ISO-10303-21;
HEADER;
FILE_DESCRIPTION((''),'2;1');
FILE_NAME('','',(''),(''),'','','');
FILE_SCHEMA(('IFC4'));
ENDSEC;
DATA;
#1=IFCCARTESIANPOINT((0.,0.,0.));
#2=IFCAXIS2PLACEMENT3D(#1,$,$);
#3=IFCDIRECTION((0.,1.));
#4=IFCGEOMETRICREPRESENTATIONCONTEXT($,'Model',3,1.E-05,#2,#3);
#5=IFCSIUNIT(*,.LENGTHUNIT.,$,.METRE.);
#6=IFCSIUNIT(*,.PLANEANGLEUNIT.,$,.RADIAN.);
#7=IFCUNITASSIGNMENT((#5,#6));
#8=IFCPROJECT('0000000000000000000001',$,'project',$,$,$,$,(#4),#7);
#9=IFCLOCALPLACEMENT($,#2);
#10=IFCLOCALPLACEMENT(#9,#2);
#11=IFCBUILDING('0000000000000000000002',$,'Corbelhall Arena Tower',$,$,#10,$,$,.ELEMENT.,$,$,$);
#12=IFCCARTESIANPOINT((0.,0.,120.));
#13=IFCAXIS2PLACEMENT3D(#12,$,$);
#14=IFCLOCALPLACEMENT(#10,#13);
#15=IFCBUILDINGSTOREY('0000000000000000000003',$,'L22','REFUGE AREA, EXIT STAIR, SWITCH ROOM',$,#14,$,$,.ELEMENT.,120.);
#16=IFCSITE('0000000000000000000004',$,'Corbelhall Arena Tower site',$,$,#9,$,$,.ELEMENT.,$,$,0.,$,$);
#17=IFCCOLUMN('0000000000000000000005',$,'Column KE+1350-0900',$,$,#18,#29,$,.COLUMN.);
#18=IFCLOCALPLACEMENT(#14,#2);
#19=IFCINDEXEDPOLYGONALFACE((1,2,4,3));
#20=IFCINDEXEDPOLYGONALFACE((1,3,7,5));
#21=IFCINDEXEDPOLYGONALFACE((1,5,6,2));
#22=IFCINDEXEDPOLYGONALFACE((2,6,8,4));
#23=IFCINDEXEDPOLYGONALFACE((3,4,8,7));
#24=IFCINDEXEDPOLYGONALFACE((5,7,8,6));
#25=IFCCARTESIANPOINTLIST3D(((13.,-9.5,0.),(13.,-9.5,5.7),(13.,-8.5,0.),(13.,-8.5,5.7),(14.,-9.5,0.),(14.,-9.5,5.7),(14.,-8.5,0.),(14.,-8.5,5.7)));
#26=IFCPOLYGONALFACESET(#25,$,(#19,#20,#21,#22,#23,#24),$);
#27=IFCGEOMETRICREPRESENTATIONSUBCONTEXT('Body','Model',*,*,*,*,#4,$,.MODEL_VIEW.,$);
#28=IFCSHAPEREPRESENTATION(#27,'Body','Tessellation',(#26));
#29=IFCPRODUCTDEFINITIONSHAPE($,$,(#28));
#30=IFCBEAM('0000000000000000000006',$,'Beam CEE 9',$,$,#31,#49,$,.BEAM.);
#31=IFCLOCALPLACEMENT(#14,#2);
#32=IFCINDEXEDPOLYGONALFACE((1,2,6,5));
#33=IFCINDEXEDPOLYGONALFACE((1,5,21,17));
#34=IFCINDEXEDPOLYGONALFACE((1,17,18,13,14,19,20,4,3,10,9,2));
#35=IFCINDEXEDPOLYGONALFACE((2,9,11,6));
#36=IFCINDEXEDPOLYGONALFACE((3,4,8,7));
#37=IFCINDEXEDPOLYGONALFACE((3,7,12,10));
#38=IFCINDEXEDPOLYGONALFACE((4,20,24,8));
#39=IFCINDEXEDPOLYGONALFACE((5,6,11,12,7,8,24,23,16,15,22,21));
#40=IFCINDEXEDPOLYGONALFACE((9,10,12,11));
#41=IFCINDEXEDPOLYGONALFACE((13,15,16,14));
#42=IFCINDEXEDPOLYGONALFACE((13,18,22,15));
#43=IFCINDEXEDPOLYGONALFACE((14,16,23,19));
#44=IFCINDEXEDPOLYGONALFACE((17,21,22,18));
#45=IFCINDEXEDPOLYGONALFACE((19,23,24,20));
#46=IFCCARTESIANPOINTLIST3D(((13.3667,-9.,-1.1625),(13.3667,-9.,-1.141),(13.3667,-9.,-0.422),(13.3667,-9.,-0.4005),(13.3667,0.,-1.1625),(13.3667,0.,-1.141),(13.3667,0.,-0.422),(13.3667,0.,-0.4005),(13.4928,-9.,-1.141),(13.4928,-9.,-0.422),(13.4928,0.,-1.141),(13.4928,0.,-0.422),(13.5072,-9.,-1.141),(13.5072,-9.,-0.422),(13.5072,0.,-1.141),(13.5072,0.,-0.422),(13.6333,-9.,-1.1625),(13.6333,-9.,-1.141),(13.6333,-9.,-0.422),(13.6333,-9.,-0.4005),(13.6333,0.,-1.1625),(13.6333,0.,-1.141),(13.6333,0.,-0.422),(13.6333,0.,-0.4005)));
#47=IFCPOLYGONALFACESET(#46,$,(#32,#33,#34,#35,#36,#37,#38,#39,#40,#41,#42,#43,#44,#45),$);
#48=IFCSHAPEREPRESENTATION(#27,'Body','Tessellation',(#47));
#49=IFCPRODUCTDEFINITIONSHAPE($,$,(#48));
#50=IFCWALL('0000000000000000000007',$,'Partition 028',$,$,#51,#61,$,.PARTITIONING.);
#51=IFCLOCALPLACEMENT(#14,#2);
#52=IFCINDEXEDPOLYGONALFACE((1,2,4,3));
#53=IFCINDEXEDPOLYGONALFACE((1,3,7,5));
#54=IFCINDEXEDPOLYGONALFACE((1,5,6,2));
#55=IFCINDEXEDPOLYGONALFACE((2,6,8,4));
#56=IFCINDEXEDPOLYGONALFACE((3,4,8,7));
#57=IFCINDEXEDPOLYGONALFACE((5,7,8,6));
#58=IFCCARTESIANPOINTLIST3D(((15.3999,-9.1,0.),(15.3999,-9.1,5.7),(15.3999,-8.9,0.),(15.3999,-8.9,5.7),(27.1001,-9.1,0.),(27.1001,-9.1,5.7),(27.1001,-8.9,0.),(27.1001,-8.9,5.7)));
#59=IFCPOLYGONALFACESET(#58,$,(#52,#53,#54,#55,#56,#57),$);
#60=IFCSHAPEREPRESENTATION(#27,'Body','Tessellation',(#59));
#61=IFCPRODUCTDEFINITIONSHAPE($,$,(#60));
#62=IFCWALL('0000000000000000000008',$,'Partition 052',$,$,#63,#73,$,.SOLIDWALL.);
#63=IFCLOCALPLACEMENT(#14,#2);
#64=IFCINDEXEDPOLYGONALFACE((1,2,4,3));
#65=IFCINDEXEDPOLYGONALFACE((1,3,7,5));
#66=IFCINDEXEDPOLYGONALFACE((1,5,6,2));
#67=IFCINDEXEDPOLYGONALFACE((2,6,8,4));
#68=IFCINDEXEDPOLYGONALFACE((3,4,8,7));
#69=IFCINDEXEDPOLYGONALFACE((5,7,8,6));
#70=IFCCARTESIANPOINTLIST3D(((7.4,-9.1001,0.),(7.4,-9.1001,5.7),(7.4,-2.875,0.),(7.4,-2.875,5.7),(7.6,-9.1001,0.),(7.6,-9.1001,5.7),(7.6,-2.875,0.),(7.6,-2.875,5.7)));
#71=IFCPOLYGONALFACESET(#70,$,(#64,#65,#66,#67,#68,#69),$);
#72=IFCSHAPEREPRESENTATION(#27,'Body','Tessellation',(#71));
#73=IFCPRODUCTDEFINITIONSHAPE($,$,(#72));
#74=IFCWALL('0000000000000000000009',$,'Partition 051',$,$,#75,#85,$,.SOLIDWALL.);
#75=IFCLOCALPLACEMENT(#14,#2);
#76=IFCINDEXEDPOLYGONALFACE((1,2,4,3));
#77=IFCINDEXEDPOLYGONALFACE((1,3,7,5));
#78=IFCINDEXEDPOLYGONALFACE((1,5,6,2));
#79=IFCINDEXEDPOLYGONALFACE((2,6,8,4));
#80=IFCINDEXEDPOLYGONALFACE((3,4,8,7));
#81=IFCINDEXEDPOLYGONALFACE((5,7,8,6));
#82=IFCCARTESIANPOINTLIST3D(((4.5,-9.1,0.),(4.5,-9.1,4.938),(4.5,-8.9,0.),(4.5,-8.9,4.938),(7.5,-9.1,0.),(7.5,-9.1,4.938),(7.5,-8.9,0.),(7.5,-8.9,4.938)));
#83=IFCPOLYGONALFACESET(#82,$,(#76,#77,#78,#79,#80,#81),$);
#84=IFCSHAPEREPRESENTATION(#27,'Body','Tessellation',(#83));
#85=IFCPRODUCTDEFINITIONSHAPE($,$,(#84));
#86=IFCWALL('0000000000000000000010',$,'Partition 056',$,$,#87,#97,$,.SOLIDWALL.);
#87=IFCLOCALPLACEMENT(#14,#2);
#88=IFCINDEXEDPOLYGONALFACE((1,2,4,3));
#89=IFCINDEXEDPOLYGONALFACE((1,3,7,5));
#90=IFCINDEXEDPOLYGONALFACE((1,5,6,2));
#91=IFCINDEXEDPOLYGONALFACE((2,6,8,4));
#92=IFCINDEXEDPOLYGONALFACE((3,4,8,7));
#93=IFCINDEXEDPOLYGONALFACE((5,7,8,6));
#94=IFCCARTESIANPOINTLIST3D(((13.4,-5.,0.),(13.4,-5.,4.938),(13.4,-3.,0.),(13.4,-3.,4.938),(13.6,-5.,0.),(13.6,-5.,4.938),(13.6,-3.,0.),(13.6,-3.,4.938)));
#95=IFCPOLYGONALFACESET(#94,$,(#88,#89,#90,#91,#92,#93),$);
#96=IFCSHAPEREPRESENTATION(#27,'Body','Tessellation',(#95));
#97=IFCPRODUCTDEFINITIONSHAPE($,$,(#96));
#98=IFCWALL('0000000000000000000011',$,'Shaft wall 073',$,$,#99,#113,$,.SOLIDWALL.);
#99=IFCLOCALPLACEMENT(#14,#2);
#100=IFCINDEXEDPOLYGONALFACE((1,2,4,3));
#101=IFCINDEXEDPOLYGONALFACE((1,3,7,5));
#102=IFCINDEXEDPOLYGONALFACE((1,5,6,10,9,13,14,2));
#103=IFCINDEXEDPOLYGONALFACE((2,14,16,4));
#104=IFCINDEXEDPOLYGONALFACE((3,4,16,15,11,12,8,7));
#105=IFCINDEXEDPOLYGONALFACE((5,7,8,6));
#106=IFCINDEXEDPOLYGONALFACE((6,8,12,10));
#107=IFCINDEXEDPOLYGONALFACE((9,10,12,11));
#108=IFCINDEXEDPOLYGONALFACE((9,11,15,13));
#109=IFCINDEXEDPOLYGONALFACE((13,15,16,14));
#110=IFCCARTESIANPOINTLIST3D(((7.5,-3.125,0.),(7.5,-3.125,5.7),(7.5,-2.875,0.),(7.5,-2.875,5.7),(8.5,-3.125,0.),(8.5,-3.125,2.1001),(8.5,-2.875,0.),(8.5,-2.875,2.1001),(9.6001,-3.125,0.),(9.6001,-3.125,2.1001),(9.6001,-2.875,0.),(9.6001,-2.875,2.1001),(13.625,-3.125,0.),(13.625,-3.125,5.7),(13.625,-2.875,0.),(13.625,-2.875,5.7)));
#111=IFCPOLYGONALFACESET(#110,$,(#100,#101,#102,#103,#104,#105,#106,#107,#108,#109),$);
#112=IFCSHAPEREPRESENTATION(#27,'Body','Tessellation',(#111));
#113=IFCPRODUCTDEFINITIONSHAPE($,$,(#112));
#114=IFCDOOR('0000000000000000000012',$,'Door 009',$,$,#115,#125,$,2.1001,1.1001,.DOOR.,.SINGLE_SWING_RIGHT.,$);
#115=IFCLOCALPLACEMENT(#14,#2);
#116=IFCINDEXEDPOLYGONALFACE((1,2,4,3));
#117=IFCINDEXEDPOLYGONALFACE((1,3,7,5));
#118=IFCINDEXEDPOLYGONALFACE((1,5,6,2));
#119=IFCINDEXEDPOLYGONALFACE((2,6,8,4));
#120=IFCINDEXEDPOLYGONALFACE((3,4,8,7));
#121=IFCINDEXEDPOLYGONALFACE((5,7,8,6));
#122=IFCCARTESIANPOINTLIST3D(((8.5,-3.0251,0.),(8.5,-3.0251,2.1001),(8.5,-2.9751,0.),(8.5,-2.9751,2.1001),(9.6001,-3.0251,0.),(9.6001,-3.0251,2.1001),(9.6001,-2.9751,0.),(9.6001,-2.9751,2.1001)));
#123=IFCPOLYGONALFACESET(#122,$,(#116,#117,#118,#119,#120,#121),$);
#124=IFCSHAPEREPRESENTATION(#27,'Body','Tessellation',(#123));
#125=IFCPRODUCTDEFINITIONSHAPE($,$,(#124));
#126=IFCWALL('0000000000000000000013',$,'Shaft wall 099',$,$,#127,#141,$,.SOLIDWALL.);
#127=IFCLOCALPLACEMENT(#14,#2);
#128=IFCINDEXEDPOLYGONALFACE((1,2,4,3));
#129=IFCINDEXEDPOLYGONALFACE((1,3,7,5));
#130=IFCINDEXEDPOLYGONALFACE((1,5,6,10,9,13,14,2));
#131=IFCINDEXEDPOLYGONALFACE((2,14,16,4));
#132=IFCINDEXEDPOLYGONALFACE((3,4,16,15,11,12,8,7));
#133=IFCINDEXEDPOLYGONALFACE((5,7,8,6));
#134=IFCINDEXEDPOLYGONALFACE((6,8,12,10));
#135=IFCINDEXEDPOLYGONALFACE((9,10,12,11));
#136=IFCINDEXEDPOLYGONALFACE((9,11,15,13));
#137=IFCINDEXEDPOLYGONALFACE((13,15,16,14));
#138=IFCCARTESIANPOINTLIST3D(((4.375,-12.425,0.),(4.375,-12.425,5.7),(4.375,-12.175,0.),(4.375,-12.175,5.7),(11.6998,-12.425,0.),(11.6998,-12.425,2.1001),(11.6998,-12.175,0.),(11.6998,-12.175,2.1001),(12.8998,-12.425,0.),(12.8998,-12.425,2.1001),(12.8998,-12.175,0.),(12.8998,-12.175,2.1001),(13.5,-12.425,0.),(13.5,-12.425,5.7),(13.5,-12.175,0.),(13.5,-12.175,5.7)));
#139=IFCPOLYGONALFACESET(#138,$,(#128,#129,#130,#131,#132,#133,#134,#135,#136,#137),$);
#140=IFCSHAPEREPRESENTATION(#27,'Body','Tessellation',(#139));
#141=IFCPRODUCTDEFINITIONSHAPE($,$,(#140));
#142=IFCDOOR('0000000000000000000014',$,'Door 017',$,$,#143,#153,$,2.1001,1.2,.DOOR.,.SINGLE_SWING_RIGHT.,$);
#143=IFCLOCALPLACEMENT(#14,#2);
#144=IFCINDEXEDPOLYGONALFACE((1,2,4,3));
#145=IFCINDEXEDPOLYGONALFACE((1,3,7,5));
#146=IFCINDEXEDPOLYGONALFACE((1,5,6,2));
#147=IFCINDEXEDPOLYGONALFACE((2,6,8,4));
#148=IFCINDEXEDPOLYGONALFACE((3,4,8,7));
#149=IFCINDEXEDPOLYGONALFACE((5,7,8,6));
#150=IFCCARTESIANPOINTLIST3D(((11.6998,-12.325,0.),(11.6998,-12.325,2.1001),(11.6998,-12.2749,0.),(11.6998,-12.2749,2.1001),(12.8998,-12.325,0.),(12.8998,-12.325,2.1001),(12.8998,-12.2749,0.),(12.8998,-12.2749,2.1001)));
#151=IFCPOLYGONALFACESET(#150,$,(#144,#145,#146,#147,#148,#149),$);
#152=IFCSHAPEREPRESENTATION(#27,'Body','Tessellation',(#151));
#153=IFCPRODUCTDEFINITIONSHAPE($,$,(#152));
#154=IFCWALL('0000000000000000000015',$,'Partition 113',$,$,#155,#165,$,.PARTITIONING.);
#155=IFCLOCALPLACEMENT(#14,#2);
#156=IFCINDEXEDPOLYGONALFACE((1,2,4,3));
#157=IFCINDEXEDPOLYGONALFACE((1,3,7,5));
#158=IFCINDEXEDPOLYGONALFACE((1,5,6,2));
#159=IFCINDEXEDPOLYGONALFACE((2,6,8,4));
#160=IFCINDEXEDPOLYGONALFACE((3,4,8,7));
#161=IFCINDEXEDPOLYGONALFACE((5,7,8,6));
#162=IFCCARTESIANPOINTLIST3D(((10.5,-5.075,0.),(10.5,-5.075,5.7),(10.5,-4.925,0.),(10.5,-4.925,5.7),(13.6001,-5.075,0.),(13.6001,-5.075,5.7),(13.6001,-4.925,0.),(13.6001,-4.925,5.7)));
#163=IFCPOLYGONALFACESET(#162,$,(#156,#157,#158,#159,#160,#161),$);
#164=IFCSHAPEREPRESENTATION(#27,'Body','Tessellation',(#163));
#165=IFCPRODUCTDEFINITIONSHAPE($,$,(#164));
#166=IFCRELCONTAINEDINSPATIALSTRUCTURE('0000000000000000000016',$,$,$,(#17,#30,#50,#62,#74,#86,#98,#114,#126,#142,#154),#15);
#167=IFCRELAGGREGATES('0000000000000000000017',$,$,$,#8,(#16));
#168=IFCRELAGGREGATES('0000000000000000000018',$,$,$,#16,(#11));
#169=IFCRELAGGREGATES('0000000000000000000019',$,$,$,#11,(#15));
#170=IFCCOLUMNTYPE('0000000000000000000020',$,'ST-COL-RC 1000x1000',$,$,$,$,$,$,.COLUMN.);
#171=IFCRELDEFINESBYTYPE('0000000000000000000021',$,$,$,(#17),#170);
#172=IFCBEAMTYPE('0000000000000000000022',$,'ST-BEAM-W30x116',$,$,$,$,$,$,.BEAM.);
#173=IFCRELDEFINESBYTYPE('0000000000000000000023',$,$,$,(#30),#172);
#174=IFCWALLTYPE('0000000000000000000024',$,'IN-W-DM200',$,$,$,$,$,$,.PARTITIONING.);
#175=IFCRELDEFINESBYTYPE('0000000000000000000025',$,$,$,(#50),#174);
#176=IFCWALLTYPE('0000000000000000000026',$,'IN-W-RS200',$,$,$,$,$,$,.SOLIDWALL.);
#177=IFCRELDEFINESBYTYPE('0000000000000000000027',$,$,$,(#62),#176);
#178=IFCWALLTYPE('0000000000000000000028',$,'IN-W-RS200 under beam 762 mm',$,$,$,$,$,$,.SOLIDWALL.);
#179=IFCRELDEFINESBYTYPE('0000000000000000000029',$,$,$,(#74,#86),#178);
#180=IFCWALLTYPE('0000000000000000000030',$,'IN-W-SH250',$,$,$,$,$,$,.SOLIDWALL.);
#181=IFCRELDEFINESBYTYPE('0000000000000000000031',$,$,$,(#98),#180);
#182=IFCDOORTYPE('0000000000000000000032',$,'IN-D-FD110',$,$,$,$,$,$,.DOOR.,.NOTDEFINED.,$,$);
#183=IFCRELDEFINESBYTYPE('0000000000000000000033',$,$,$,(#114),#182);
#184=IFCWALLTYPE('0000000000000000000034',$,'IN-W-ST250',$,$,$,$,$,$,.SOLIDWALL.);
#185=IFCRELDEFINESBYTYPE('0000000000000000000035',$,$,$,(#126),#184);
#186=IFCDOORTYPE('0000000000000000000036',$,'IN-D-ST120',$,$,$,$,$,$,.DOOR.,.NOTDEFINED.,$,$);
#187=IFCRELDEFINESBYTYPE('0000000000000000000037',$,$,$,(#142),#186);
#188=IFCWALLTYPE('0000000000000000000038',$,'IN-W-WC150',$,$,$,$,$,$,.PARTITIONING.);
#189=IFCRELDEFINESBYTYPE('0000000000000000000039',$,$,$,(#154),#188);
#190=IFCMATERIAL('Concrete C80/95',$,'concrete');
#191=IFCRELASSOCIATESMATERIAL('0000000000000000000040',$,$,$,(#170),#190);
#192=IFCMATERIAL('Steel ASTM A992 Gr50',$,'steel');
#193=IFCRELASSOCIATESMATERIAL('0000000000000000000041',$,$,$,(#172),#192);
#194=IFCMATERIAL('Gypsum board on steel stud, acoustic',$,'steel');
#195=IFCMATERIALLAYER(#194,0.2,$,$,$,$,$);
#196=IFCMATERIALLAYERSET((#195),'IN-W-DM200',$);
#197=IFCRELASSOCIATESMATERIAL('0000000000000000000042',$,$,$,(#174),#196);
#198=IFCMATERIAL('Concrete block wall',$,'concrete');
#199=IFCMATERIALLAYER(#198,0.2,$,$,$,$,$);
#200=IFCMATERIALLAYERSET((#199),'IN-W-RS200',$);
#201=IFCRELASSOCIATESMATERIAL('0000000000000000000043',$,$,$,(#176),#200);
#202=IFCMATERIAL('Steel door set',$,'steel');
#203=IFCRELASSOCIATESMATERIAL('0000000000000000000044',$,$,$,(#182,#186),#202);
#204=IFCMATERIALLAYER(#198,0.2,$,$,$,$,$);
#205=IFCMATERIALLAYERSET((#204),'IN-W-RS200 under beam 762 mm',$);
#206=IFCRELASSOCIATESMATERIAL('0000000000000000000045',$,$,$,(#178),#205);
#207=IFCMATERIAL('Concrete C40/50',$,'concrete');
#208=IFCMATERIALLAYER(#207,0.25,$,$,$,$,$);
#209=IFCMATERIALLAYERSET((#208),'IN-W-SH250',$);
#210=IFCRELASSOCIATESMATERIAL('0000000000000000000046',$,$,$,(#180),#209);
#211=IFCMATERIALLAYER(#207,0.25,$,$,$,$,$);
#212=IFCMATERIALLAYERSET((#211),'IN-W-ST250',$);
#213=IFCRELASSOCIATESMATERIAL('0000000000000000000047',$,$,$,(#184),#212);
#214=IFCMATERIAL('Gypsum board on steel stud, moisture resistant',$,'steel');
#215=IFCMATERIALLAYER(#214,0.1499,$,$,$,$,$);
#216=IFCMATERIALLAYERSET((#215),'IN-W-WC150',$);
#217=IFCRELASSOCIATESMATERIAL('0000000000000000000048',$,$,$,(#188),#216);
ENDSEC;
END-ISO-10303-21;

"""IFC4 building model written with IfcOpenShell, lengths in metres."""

from ifc_helpers import new_model, si_unit, direction, frame, frame_2d, origin, origin_2d, place, context, subcontext, project, spatial, rectangle, i_section, extrude, material, layer, layer_set, material_profile, profile_set, type_object, element, fill, save


model = new_model("IFC4")

# Units and contexts
model_context = context("Model", 3, precision=1e-05, world=origin(), true_north=direction((0.0, 1.0)))
body_context = subcontext(model_context, "Body", "Model", "MODEL_VIEW")
ifc_project = project(units=[si_unit("LENGTHUNIT", "METRE"), si_unit("PLANEANGLEUNIT", "RADIAN")], contexts=[model_context])

# Site, building, storey
site_placement = place(None, origin())
site = spatial("IfcSite", under=ifc_project, at=site_placement, Name="Corbelhall Arena Tower site", CompositionType="ELEMENT", RefElevation=0.0)
building_placement = place(site_placement, origin())
building = spatial("IfcBuilding", under=site, at=building_placement, Name="Corbelhall Arena Tower", CompositionType="ELEMENT")
storey_placement = place(building_placement, frame((0.0, 0.0, 120.0)))
storey = spatial("IfcBuildingStorey", under=building, at=storey_placement, Name="L22", Description="REFUGE AREA, EXIT STAIR, SWITCH ROOM", CompositionType="ELEMENT", Elevation=120.0)

# Column
ifc_material_1 = material(Name="Concrete C80/95", Category="concrete")
ifc_material_profile_1 = material_profile(ifc_material_1, rectangle(XDim=1.0, YDim=1.0, at=origin_2d()))
ifc_profile_set_1 = profile_set([ifc_material_profile_1], Name="Concrete C80/95")
column_type = type_object("IfcColumnType", Name="ST-COL-RC 1000x1000", PredefinedType="COLUMN", material=ifc_profile_set_1)
column_placement = place(storey_placement, frame((13.5, -9.0, 0.0), z_axis=(0.0, 0.0, 1.0), x_axis=(1.0, 0.0, 0.0)))
element("IfcColumn", 1, at=column_placement, inside=storey, type_object=column_type, Name="Column KE+1350-0900", PredefinedType="COLUMN", context=body_context, shape_type="SweptSolid", body=[
    extrude(rectangle(XDim=1.0, YDim=1.0, at=origin_2d()), origin(), (0.0, 0.0, 1.0), 5.7),
])

# Beam
ifc_material_2 = material(Name="Steel ASTM A992 Gr50", Category="steel")
ifc_material_profile_2 = material_profile(ifc_material_2, i_section(OverallWidth=0.2666, OverallDepth=0.762, WebThickness=0.0144, FlangeThickness=0.0215, at=origin_2d()))
ifc_profile_set_2 = profile_set([ifc_material_profile_2], Name="Steel ASTM A992 Gr50")
beam_type = type_object("IfcBeamType", Name="ST-BEAM-W30x116", PredefinedType="BEAM", material=ifc_profile_set_2)
beam_placement = place(storey_placement, frame((13.5, -9.0, -0.7815), z_axis=(0.0, 1.0, 0.0), x_axis=(-1.0, 0.0, 0.0)))
element("IfcBeam", 2, at=beam_placement, inside=storey, type_object=beam_type, Name="Beam CEE 9", PredefinedType="BEAM", context=body_context, shape_type="SweptSolid", body=[
    extrude(i_section(OverallWidth=0.2666, OverallDepth=0.762, WebThickness=0.0144, FlangeThickness=0.0215, at=origin_2d()), origin(), (0.0, 0.0, 1.0), 9.0),
])

# Wall
ifc_material_3 = material(Name="Gypsum board on steel stud, acoustic", Category="steel")
ifc_layer_1 = layer(ifc_material_3, 0.2)
ifc_layer_set_1 = layer_set([ifc_layer_1], Name="IN-W-DM200")
wall_type_1 = type_object("IfcWallType", Name="IN-W-DM200", PredefinedType="PARTITIONING", material=ifc_layer_set_1)
wall_1_placement = place(storey_placement, frame((15.3999, -9.0, 0.0), z_axis=(0.0, 0.0, 1.0), x_axis=(1.0, 0.0, 0.0)))
element("IfcWall", 3, at=wall_1_placement, inside=storey, type_object=wall_type_1, Name="Partition 028", PredefinedType="PARTITIONING", context=body_context, shape_type="SweptSolid", body=[
    extrude(rectangle(XDim=11.7002, YDim=0.2, at=frame_2d((5.8501, 0.0))), origin(), (0.0, 0.0, 1.0), 5.7),
])

# Shared definitions
ifc_material_4 = material(Name="Steel door set", Category="steel")

# Wall
ifc_material_5 = material(Name="Concrete block wall", Category="concrete")
ifc_layer_2 = layer(ifc_material_5, 0.2)
ifc_layer_set_2 = layer_set([ifc_layer_2], Name="IN-W-RS200")
wall_type_2 = type_object("IfcWallType", Name="IN-W-RS200", PredefinedType="SOLIDWALL", material=ifc_layer_set_2)
wall_2_placement = place(storey_placement, frame((7.5, -2.875, 0.0), z_axis=(0.0, 0.0, 1.0), x_axis=(0.0, -1.0, 0.0)))
element("IfcWall", 4, at=wall_2_placement, inside=storey, type_object=wall_type_2, Name="Partition 052", PredefinedType="SOLIDWALL", context=body_context, shape_type="SweptSolid", body=[
    extrude(rectangle(XDim=6.2251, YDim=0.2, at=frame_2d((3.1125, 0.0))), origin(), (0.0, 0.0, 1.0), 5.7),
])

# Shared definitions
door_type_1 = type_object("IfcDoorType", Name="IN-D-FD110", OperationType="NOTDEFINED", PredefinedType="DOOR", material=ifc_material_4)

# Walls
ifc_layer_3 = layer(ifc_material_5, 0.2)
ifc_layer_set_3 = layer_set([ifc_layer_3], Name="IN-W-RS200 under beam 762 mm")
wall_type_3 = type_object("IfcWallType", Name="IN-W-RS200 under beam 762 mm", PredefinedType="SOLIDWALL", material=ifc_layer_set_3)
wall_3_placement = place(storey_placement, frame((7.5, -9.0, 0.0), z_axis=(0.0, 0.0, 1.0), x_axis=(-1.0, 0.0, 0.0)))
element("IfcWall", 5, at=wall_3_placement, inside=storey, type_object=wall_type_3, Name="Partition 051", PredefinedType="SOLIDWALL", context=body_context, shape_type="SweptSolid", body=[
    extrude(rectangle(XDim=3.0, YDim=0.2, at=frame_2d((1.5, 0.0))), origin(), (0.0, 0.0, 1.0), 4.938),
])
wall_4_placement = place(storey_placement, frame((13.5, -3.0, 0.0), z_axis=(0.0, 0.0, 1.0), x_axis=(0.0, -1.0, 0.0)))
element("IfcWall", 6, at=wall_4_placement, inside=storey, type_object=wall_type_3, Name="Partition 056", PredefinedType="SOLIDWALL", context=body_context, shape_type="SweptSolid", body=[
    extrude(rectangle(XDim=2.0, YDim=0.2, at=frame_2d((1.0, 0.0))), origin(), (0.0, 0.0, 1.0), 4.938),
])

# Walls, openings, doors
ifc_material_6 = material(Name="Concrete C40/50", Category="concrete")
ifc_layer_4 = layer(ifc_material_6, 0.25)
ifc_layer_set_4 = layer_set([ifc_layer_4], Name="IN-W-SH250")
wall_type_4 = type_object("IfcWallType", Name="IN-W-SH250", PredefinedType="SOLIDWALL", material=ifc_layer_set_4)
wall_5_placement = place(storey_placement, frame((7.5, -3.0, 0.0), z_axis=(0.0, 0.0, 1.0), x_axis=(1.0, 0.0, 0.0)))
wall_5 = element("IfcWall", 7, at=wall_5_placement, inside=storey, type_object=wall_type_4, Name="Shaft wall 073", PredefinedType="SOLIDWALL", context=body_context, shape_type="SweptSolid", body=[
    extrude(rectangle(XDim=6.125, YDim=0.25, at=frame_2d((3.0625, 0.0))), origin(), (0.0, 0.0, 1.0), 5.7),
])
opening_1_placement = place(wall_5_placement, frame((1.0, 0.0, 0.0)))
opening_1 = element("IfcOpeningElement", 8, at=opening_1_placement, cuts=wall_5, PredefinedType="OPENING", context=body_context, shape_type="SweptSolid", body=[
    extrude(rectangle(XDim=1.1001, YDim=2.1001, at=frame_2d((0.55, 1.05))), frame((0.0, 0.125, 0.0), z_axis=(0.0, -1.0, 0.0), x_axis=(1.0, 0.0, 0.0)), (0.0, 0.0, 1.0), 0.25),
])
door_1_placement = place(opening_1_placement, origin())
door_1 = element("IfcDoor", 9, at=door_1_placement, inside=storey, type_object=door_type_1, Name="Door 009", OperationType="SINGLE_SWING_RIGHT", OverallHeight=2.1001, OverallWidth=1.1001, PredefinedType="DOOR", context=body_context, shape_type="SweptSolid", body=[
    extrude(rectangle(XDim=1.1001, YDim=2.1001, at=frame_2d((0.55, 1.05))), frame((0.0, 0.0249, 0.0), z_axis=(0.0, -1.0, 0.0), x_axis=(1.0, 0.0, 0.0)), (0.0, 0.0, 1.0), 0.05),
])
fill(opening_1, door_1)
ifc_layer_5 = layer(ifc_material_6, 0.25)
ifc_layer_set_5 = layer_set([ifc_layer_5], Name="IN-W-ST250")
wall_type_5 = type_object("IfcWallType", Name="IN-W-ST250", PredefinedType="SOLIDWALL", material=ifc_layer_set_5)
wall_6_placement = place(storey_placement, frame((13.5, -12.3, 0.0), z_axis=(0.0, 0.0, 1.0), x_axis=(-1.0, 0.0, 0.0)))
wall_6 = element("IfcWall", 10, at=wall_6_placement, inside=storey, type_object=wall_type_5, Name="Shaft wall 099", PredefinedType="SOLIDWALL", context=body_context, shape_type="SweptSolid", body=[
    extrude(rectangle(XDim=9.125, YDim=0.25, at=frame_2d((4.5625, 0.0))), origin(), (0.0, 0.0, 1.0), 5.7),
])
opening_2_placement = place(wall_6_placement, frame((0.6001, 0.0, 0.0)))
opening_2 = element("IfcOpeningElement", 11, at=opening_2_placement, cuts=wall_6, PredefinedType="OPENING", context=body_context, shape_type="SweptSolid", body=[
    extrude(rectangle(XDim=1.2, YDim=2.1001, at=frame_2d((0.6001, 1.05))), frame((0.0, 0.125, 0.0), z_axis=(0.0, -1.0, 0.0), x_axis=(1.0, 0.0, 0.0)), (0.0, 0.0, 1.0), 0.25),
])
door_type_2 = type_object("IfcDoorType", Name="IN-D-ST120", OperationType="NOTDEFINED", PredefinedType="DOOR", material=ifc_material_4)
door_2_placement = place(opening_2_placement, origin())
door_2 = element("IfcDoor", 12, at=door_2_placement, inside=storey, type_object=door_type_2, Name="Door 017", OperationType="SINGLE_SWING_RIGHT", OverallHeight=2.1001, OverallWidth=1.2, PredefinedType="DOOR", context=body_context, shape_type="SweptSolid", body=[
    extrude(rectangle(XDim=1.2, YDim=2.1001, at=frame_2d((0.6001, 1.05))), frame((0.0, 0.0249, 0.0), z_axis=(0.0, -1.0, 0.0), x_axis=(1.0, 0.0, 0.0)), (0.0, 0.0, 1.0), 0.05),
])
fill(opening_2, door_2)

# Wall
ifc_material_7 = material(Name="Gypsum board on steel stud, moisture resistant", Category="steel")
ifc_layer_6 = layer(ifc_material_7, 0.1499)
ifc_layer_set_6 = layer_set([ifc_layer_6], Name="IN-W-WC150")
wall_type_6 = type_object("IfcWallType", Name="IN-W-WC150", PredefinedType="PARTITIONING", material=ifc_layer_set_6)
wall_7_placement = place(storey_placement, frame((10.5, -5.0, 0.0), z_axis=(0.0, 0.0, 1.0), x_axis=(1.0, 0.0, 0.0)))
element("IfcWall", 13, at=wall_7_placement, inside=storey, type_object=wall_type_6, Name="Partition 113", PredefinedType="PARTITIONING", context=body_context, shape_type="SweptSolid", body=[
    extrude(rectangle(XDim=3.1001, YDim=0.1499, at=frame_2d((1.55, 0.0))), origin(), (0.0, 0.0, 1.0), 5.7),
])

save(model, "model.ifc")
